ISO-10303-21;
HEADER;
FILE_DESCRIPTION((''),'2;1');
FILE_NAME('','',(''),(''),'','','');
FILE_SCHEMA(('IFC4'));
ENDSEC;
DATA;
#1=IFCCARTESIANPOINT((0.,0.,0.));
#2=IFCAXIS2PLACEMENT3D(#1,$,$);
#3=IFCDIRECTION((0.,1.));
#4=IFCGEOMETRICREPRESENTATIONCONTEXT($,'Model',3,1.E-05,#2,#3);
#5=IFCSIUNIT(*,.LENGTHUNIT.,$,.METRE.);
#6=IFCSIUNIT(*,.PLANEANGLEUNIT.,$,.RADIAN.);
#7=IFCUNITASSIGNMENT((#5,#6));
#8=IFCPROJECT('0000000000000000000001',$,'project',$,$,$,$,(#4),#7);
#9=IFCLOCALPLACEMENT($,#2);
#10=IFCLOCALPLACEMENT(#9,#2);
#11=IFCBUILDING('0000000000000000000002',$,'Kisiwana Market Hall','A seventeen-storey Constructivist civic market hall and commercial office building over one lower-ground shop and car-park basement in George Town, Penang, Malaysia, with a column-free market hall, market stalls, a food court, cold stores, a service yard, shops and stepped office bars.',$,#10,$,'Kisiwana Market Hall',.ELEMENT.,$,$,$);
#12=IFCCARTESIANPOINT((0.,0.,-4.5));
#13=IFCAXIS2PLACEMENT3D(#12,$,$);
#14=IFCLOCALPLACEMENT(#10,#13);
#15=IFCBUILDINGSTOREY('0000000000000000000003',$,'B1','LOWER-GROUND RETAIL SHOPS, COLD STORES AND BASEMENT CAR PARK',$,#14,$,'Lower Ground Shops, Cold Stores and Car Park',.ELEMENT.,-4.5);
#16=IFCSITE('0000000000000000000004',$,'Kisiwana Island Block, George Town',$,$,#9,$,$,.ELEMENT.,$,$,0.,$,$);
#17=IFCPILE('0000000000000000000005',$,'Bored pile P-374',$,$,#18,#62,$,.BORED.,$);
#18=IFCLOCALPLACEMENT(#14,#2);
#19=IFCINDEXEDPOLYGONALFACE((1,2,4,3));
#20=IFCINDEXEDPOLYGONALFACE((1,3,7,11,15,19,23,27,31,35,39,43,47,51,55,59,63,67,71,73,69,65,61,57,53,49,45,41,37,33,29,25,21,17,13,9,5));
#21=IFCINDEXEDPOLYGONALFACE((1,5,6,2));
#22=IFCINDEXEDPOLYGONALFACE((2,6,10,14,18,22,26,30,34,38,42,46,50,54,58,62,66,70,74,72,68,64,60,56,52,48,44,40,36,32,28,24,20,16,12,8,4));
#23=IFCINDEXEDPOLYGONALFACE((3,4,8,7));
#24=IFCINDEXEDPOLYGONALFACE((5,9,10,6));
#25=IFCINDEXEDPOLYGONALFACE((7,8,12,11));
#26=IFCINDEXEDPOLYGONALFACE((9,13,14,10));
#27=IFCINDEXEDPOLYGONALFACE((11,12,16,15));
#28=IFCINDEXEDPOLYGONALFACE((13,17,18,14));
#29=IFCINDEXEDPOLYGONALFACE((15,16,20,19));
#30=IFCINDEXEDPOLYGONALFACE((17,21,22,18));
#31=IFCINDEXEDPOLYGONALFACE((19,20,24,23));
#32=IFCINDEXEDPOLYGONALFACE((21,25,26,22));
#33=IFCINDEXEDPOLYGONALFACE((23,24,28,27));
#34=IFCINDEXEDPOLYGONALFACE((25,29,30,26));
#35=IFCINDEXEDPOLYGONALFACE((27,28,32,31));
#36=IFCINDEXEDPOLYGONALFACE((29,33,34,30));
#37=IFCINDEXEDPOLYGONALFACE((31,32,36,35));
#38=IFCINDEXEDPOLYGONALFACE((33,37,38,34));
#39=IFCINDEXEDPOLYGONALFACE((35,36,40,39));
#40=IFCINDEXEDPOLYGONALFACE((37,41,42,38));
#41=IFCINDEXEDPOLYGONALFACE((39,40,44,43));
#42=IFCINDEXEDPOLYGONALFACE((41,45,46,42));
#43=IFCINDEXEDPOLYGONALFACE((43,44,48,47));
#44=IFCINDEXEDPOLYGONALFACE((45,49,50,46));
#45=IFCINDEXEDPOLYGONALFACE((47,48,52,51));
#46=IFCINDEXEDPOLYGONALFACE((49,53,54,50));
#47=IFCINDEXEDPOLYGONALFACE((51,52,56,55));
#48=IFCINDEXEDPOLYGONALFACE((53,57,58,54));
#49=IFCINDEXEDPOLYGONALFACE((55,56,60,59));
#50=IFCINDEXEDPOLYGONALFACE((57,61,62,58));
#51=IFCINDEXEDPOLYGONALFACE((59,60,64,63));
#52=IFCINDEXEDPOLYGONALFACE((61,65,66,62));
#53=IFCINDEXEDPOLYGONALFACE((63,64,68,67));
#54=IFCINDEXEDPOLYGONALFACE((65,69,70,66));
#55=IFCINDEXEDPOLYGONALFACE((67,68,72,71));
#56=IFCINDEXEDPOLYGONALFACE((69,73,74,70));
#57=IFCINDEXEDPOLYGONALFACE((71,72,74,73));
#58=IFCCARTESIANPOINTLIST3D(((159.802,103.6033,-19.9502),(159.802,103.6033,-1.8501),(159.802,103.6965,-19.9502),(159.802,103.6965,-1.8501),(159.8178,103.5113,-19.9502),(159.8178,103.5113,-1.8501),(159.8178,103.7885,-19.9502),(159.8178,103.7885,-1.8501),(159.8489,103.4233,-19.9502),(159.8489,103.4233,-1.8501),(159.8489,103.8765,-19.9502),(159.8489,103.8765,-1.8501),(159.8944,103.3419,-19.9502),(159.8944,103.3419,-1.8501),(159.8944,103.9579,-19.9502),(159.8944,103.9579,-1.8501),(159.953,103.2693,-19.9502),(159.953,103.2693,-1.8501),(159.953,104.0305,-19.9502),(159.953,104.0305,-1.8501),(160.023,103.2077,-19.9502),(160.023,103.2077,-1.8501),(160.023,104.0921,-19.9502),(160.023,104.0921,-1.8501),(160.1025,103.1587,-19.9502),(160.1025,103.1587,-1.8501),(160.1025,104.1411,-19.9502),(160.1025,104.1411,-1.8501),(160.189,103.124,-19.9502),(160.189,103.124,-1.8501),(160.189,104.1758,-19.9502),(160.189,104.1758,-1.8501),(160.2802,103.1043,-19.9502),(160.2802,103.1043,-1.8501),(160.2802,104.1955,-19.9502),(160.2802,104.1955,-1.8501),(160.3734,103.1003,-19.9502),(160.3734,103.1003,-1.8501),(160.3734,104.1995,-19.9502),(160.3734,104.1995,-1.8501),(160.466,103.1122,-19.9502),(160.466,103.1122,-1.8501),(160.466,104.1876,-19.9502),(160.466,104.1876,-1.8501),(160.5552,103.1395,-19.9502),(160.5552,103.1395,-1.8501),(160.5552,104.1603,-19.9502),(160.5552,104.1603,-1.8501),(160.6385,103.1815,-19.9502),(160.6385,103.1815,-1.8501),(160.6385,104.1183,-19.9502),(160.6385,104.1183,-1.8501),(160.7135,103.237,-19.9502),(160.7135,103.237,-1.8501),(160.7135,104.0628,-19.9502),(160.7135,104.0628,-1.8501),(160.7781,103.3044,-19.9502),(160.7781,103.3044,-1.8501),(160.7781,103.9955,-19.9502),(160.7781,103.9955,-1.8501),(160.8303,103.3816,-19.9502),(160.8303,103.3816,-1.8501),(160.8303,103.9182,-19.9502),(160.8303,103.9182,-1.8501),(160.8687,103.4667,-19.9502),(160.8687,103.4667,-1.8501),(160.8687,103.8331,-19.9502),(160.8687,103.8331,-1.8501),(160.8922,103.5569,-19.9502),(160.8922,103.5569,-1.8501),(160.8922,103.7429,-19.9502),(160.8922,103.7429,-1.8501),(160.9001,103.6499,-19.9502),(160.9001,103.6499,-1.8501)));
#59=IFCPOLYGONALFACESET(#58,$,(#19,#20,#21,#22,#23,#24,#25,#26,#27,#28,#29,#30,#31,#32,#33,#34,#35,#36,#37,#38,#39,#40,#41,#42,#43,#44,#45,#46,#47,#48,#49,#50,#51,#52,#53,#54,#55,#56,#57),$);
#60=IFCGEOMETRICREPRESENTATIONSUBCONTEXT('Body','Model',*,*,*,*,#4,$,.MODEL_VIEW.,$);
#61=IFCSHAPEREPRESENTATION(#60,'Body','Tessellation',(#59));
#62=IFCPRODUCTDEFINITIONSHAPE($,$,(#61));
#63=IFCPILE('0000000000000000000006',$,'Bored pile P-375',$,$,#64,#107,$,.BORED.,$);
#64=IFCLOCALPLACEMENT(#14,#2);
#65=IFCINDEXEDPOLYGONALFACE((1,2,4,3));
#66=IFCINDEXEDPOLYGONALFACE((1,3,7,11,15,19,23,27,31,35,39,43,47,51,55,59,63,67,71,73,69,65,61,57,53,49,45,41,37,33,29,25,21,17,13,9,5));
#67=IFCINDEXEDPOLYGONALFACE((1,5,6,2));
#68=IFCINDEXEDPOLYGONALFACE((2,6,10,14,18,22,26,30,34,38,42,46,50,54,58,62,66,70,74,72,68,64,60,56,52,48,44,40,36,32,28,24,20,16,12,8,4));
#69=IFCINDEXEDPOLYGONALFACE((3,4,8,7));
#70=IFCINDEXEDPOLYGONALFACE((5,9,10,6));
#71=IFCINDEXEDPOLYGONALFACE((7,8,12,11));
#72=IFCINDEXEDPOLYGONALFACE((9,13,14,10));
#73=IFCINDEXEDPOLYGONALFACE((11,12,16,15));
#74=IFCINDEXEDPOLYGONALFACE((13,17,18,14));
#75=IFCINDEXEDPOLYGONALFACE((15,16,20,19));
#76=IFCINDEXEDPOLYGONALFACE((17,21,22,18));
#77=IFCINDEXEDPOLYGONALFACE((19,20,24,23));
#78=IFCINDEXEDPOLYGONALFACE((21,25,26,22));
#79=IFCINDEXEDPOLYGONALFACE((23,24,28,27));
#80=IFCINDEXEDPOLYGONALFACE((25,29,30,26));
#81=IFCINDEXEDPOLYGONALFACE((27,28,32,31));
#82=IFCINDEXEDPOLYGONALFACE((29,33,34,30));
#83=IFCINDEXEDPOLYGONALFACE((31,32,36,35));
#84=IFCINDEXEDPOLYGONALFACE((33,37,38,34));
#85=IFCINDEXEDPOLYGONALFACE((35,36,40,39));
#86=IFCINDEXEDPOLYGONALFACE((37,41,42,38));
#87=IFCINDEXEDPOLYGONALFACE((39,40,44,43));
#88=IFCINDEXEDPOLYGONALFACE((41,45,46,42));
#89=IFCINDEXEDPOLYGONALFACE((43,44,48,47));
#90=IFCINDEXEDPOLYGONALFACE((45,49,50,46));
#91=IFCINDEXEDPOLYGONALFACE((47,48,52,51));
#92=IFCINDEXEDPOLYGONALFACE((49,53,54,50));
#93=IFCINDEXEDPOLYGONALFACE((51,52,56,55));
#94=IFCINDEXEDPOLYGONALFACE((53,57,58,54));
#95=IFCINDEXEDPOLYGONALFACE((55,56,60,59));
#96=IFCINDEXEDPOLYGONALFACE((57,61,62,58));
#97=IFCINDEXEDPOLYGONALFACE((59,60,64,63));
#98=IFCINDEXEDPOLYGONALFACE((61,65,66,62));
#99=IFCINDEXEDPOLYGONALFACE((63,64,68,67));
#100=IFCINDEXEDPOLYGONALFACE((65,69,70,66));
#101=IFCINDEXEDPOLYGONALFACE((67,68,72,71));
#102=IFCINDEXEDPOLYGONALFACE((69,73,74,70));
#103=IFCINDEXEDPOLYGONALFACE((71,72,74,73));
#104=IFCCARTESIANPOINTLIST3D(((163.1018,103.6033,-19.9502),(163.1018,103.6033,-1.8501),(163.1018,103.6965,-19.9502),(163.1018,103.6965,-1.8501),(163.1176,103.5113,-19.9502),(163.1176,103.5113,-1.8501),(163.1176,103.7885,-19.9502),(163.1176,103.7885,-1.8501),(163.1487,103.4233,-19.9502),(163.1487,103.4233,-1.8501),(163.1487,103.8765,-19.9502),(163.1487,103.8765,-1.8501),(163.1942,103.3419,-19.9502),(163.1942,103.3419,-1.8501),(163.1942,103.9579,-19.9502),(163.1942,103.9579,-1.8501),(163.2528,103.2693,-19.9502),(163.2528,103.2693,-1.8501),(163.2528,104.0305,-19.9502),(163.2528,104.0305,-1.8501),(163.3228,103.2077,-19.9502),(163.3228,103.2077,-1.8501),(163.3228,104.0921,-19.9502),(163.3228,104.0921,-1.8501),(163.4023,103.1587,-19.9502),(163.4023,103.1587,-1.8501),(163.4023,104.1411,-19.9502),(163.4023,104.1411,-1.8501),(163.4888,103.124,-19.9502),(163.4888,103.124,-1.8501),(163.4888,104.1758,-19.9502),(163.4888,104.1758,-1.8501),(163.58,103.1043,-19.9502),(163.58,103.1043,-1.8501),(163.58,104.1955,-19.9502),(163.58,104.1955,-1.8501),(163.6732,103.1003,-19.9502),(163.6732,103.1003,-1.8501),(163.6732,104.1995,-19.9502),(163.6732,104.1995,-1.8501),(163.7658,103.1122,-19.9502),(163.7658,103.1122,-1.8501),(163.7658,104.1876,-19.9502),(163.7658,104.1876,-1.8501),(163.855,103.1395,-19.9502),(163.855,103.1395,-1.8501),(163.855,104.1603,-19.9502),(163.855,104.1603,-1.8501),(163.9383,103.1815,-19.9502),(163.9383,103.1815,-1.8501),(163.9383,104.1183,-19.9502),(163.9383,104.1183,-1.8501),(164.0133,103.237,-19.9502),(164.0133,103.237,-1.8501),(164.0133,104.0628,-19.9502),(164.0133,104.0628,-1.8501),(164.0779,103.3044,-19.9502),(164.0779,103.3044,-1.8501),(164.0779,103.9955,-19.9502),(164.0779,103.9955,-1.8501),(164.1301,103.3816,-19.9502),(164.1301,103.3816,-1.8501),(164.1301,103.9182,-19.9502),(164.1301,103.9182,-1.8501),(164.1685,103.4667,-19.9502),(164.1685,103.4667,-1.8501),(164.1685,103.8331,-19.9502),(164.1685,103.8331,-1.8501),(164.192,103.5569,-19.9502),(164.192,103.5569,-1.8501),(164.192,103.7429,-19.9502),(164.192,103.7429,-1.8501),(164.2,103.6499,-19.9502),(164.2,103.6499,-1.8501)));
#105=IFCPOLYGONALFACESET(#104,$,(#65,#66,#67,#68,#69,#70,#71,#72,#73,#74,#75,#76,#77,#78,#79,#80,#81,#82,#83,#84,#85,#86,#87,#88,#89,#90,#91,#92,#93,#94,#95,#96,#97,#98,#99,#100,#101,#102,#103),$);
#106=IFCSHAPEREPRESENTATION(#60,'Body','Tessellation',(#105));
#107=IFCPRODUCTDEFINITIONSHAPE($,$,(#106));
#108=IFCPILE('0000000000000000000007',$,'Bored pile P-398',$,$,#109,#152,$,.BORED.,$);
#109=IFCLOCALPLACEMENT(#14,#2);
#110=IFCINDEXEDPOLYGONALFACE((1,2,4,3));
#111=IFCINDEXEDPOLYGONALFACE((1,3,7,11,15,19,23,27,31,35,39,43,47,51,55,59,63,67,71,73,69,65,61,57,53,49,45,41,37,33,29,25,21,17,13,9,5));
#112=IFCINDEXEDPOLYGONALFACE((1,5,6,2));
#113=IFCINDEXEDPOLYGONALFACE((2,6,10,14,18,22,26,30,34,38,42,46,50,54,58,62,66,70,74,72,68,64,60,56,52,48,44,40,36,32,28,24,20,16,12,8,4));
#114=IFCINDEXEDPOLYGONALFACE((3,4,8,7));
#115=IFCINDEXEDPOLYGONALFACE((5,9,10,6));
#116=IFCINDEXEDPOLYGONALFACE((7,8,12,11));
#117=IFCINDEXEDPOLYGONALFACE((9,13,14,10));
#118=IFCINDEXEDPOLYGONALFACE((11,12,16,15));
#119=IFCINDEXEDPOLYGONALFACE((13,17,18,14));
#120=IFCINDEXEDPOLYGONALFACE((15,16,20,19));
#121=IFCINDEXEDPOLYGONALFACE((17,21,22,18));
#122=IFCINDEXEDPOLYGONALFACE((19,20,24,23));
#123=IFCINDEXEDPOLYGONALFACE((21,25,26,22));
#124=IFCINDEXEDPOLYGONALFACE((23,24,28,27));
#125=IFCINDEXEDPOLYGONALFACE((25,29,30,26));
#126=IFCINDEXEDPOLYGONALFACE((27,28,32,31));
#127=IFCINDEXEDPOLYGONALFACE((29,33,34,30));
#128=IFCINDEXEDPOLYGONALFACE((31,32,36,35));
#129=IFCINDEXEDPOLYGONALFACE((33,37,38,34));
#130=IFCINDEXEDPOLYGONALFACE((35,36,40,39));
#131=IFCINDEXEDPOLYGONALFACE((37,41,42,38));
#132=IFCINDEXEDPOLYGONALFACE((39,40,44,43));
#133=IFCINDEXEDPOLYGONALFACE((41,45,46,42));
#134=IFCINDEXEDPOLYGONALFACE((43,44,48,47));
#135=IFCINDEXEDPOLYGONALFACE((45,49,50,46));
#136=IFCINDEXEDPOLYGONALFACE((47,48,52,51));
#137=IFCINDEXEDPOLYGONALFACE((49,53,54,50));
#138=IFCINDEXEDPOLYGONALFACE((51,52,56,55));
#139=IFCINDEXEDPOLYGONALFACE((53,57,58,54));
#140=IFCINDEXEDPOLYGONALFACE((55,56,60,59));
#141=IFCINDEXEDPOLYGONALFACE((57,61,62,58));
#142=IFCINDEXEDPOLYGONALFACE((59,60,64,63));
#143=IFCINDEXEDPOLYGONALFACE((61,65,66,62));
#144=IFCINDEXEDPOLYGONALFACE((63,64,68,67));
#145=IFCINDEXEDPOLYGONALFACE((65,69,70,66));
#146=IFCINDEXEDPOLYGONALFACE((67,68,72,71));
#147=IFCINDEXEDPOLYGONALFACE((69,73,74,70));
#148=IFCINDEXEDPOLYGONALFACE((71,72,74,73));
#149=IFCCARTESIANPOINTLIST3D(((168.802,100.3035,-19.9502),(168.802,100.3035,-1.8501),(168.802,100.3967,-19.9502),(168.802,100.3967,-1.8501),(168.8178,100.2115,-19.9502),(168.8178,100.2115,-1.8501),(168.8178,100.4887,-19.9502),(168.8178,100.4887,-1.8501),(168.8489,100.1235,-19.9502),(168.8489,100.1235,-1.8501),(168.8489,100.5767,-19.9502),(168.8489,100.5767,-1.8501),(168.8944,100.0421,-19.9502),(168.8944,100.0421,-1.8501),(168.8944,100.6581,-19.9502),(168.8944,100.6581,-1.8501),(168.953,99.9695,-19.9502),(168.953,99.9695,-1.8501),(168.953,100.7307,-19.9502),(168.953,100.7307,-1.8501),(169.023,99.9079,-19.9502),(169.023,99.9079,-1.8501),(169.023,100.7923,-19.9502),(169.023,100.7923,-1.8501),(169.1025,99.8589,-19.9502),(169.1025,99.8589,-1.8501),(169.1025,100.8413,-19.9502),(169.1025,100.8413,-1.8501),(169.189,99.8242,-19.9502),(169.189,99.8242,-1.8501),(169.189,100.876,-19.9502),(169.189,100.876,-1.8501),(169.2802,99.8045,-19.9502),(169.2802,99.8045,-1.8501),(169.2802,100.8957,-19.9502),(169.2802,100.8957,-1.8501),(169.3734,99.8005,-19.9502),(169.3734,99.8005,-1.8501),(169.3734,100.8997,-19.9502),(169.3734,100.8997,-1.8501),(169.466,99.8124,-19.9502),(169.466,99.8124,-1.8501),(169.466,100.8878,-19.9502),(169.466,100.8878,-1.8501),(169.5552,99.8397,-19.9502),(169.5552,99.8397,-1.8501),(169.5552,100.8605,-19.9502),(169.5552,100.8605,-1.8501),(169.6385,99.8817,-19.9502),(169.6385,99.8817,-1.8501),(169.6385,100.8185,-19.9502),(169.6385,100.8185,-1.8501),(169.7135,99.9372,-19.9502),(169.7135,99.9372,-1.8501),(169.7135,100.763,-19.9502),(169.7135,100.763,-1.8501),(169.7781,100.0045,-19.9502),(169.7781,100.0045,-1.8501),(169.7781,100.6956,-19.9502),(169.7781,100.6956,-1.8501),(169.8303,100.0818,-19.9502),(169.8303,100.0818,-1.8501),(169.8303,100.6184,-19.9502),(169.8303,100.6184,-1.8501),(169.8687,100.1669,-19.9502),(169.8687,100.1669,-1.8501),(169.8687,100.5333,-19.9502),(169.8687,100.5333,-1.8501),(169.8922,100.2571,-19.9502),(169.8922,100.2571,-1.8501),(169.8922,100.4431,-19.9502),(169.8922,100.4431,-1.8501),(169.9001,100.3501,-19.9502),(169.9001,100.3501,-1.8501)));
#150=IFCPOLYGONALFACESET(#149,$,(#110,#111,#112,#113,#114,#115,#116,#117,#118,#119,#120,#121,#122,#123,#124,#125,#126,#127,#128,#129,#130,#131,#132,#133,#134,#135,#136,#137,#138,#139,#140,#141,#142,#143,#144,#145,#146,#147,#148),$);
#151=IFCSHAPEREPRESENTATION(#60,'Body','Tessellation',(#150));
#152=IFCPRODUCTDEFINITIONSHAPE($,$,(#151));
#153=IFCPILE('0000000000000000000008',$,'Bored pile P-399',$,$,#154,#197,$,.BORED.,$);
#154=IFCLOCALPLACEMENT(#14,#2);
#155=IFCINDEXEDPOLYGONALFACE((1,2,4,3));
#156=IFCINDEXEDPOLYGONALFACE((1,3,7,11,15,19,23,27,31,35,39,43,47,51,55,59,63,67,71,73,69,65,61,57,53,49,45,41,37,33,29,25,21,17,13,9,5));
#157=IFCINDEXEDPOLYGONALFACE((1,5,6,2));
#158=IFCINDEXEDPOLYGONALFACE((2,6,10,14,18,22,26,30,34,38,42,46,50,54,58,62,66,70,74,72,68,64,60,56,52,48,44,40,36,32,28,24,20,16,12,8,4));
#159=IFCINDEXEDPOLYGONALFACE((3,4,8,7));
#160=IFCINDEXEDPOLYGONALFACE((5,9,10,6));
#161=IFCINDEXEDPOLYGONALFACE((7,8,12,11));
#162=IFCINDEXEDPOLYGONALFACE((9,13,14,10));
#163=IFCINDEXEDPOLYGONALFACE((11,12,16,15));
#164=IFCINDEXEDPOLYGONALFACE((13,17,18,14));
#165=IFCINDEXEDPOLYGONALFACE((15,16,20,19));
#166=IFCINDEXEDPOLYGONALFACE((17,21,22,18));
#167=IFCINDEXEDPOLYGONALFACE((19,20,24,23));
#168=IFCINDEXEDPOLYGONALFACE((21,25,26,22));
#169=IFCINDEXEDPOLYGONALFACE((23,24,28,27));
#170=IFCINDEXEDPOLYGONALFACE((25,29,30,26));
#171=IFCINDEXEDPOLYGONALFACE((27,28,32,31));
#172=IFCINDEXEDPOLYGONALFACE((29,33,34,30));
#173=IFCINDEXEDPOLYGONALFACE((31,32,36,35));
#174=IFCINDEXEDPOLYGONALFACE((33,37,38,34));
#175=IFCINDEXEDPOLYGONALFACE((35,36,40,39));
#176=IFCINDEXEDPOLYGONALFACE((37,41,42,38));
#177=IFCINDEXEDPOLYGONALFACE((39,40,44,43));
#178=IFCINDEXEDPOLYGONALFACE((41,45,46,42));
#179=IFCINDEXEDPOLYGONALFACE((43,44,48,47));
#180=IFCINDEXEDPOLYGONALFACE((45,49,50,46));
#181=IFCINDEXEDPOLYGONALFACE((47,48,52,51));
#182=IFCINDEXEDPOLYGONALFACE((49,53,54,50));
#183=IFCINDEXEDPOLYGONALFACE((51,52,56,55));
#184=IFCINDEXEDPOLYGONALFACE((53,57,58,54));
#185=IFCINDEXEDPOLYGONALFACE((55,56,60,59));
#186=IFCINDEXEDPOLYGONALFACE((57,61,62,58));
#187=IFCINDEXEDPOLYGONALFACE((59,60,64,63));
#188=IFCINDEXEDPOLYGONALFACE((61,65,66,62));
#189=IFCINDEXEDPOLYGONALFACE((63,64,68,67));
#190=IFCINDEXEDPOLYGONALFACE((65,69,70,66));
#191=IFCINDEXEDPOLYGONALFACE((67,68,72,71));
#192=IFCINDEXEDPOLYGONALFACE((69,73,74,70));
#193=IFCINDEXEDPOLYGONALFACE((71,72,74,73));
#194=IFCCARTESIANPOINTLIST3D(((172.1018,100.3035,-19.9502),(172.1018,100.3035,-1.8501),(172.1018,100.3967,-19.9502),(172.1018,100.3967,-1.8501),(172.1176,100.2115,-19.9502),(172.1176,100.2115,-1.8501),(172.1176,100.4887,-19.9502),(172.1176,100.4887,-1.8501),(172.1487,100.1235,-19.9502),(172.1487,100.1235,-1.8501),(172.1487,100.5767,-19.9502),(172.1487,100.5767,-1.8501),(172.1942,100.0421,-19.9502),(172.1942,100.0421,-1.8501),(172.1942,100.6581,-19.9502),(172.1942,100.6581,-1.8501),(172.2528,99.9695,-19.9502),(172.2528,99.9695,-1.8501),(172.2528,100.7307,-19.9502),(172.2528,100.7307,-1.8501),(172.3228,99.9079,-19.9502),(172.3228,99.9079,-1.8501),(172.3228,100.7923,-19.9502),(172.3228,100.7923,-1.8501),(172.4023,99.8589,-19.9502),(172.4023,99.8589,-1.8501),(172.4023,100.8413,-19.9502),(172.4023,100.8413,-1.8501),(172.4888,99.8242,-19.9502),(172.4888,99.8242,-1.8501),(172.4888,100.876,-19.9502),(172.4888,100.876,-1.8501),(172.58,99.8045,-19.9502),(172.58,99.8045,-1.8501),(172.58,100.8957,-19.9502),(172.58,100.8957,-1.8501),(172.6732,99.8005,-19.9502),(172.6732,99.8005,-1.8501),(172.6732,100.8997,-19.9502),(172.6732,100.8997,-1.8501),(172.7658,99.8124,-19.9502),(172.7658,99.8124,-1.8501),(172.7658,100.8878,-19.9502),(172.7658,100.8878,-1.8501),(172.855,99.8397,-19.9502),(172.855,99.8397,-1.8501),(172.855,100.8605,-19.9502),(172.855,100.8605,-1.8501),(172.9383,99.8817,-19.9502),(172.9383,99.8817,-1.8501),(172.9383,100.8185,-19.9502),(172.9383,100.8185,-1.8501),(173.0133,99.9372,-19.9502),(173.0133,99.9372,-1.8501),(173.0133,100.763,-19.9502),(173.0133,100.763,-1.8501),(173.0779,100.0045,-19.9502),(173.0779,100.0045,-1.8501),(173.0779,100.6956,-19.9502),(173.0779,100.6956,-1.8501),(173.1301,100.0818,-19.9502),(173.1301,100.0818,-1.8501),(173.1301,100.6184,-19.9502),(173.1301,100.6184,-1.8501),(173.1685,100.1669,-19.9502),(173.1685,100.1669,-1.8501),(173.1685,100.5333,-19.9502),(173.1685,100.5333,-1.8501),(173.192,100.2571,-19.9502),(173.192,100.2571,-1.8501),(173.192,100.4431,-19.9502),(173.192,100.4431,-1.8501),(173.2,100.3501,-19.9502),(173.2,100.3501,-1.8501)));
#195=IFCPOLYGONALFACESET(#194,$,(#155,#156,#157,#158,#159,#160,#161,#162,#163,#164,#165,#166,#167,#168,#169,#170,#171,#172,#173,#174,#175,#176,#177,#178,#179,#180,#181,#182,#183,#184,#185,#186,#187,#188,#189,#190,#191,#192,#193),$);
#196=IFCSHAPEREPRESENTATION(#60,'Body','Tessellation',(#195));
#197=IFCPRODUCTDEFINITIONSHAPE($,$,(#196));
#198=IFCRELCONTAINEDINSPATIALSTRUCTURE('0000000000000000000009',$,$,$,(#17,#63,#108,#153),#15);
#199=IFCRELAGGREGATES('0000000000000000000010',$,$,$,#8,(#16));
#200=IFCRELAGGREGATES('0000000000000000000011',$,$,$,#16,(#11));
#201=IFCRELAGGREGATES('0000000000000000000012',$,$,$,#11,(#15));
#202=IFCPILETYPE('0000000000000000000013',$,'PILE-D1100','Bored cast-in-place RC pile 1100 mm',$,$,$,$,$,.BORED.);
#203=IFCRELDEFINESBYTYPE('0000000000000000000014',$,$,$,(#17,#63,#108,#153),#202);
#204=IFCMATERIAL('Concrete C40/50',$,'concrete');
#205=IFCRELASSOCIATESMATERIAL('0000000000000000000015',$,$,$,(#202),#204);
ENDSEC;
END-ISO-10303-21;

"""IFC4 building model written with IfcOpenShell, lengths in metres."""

from ifc_helpers import new_model, si_unit, direction, frame, origin, origin_2d, place, context, subcontext, project, spatial, circle, extrude, material, material_profile, profile_set, type_object, element, save


model = new_model("IFC4")

# Units and contexts
model_context = context("Model", 3, precision=1e-05, world=origin(), true_north=direction((0.0, 1.0)))
body_context = subcontext(model_context, "Body", "Model", "MODEL_VIEW")
ifc_project = project(units=[si_unit("LENGTHUNIT", "METRE"), si_unit("PLANEANGLEUNIT", "RADIAN")], contexts=[model_context])

# Site, building, storey
site_placement = place(None, origin())
site = spatial("IfcSite", under=ifc_project, at=site_placement, Name="Kisiwana Island Block, George Town", CompositionType="ELEMENT", RefElevation=0.0)
building_placement = place(site_placement, origin())
building = spatial("IfcBuilding", under=site, at=building_placement, Name="Kisiwana Market Hall", Description="A seventeen-storey Constructivist civic market hall and commercial office building over one lower-ground shop and car-park basement in George Town, Penang, Malaysia, with a column-free market hall, market stalls, a food court, cold stores, a service yard, shops and stepped office bars.", LongName="Kisiwana Market Hall", CompositionType="ELEMENT")
storey_placement = place(building_placement, frame((0.0, 0.0, -4.5)))
storey = spatial("IfcBuildingStorey", under=building, at=storey_placement, Name="B1", Description="LOWER-GROUND RETAIL SHOPS, COLD STORES AND BASEMENT CAR PARK", LongName="Lower Ground Shops, Cold Stores and Car Park", CompositionType="ELEMENT", Elevation=-4.5)

# Piles
ifc_material_1 = material(Name="Concrete C40/50", Category="concrete")
ifc_material_profile_1 = material_profile(ifc_material_1, circle(Radius=0.55, at=origin_2d()), Name="BP D1100")
ifc_profile_set_1 = profile_set([ifc_material_profile_1], Name="Concrete C40/50")
pile_type_1 = type_object("IfcPileType", Name="PILE-D1100", Description="Bored cast-in-place RC pile 1100 mm", PredefinedType="BORED", material=ifc_profile_set_1)
for number, where, z_axis, x_axis, name in (
    (1, (160.3501, 103.6499, -1.8501), (0.0, 0.0, -1.0), (1.0, 0.0, 0.0), "Bored pile P-374"),
    (2, (163.6499, 103.6499, -1.8501), (0.0, 0.0, -1.0), (1.0, 0.0, 0.0), "Bored pile P-375"),
    (3, (169.3501, 100.3501, -1.8501), (0.0, 0.0, -1.0), (1.0, 0.0, 0.0), "Bored pile P-398"),
    (4, (172.6499, 100.3501, -1.8501), (0.0, 0.0, -1.0), (1.0, 0.0, 0.0), "Bored pile P-399"),
):
    element("IfcPile", number, at=place(storey_placement, frame(where, z_axis=z_axis, x_axis=x_axis)), inside=storey, type_object=pile_type_1, Name=name, PredefinedType="BORED", context=body_context, shape_type="SweptSolid", body=[
        extrude(circle(Radius=0.55, at=origin_2d()), origin(), (0.0, 0.0, 1.0), 18.1001),
    ])

save(model, "model.ifc")
